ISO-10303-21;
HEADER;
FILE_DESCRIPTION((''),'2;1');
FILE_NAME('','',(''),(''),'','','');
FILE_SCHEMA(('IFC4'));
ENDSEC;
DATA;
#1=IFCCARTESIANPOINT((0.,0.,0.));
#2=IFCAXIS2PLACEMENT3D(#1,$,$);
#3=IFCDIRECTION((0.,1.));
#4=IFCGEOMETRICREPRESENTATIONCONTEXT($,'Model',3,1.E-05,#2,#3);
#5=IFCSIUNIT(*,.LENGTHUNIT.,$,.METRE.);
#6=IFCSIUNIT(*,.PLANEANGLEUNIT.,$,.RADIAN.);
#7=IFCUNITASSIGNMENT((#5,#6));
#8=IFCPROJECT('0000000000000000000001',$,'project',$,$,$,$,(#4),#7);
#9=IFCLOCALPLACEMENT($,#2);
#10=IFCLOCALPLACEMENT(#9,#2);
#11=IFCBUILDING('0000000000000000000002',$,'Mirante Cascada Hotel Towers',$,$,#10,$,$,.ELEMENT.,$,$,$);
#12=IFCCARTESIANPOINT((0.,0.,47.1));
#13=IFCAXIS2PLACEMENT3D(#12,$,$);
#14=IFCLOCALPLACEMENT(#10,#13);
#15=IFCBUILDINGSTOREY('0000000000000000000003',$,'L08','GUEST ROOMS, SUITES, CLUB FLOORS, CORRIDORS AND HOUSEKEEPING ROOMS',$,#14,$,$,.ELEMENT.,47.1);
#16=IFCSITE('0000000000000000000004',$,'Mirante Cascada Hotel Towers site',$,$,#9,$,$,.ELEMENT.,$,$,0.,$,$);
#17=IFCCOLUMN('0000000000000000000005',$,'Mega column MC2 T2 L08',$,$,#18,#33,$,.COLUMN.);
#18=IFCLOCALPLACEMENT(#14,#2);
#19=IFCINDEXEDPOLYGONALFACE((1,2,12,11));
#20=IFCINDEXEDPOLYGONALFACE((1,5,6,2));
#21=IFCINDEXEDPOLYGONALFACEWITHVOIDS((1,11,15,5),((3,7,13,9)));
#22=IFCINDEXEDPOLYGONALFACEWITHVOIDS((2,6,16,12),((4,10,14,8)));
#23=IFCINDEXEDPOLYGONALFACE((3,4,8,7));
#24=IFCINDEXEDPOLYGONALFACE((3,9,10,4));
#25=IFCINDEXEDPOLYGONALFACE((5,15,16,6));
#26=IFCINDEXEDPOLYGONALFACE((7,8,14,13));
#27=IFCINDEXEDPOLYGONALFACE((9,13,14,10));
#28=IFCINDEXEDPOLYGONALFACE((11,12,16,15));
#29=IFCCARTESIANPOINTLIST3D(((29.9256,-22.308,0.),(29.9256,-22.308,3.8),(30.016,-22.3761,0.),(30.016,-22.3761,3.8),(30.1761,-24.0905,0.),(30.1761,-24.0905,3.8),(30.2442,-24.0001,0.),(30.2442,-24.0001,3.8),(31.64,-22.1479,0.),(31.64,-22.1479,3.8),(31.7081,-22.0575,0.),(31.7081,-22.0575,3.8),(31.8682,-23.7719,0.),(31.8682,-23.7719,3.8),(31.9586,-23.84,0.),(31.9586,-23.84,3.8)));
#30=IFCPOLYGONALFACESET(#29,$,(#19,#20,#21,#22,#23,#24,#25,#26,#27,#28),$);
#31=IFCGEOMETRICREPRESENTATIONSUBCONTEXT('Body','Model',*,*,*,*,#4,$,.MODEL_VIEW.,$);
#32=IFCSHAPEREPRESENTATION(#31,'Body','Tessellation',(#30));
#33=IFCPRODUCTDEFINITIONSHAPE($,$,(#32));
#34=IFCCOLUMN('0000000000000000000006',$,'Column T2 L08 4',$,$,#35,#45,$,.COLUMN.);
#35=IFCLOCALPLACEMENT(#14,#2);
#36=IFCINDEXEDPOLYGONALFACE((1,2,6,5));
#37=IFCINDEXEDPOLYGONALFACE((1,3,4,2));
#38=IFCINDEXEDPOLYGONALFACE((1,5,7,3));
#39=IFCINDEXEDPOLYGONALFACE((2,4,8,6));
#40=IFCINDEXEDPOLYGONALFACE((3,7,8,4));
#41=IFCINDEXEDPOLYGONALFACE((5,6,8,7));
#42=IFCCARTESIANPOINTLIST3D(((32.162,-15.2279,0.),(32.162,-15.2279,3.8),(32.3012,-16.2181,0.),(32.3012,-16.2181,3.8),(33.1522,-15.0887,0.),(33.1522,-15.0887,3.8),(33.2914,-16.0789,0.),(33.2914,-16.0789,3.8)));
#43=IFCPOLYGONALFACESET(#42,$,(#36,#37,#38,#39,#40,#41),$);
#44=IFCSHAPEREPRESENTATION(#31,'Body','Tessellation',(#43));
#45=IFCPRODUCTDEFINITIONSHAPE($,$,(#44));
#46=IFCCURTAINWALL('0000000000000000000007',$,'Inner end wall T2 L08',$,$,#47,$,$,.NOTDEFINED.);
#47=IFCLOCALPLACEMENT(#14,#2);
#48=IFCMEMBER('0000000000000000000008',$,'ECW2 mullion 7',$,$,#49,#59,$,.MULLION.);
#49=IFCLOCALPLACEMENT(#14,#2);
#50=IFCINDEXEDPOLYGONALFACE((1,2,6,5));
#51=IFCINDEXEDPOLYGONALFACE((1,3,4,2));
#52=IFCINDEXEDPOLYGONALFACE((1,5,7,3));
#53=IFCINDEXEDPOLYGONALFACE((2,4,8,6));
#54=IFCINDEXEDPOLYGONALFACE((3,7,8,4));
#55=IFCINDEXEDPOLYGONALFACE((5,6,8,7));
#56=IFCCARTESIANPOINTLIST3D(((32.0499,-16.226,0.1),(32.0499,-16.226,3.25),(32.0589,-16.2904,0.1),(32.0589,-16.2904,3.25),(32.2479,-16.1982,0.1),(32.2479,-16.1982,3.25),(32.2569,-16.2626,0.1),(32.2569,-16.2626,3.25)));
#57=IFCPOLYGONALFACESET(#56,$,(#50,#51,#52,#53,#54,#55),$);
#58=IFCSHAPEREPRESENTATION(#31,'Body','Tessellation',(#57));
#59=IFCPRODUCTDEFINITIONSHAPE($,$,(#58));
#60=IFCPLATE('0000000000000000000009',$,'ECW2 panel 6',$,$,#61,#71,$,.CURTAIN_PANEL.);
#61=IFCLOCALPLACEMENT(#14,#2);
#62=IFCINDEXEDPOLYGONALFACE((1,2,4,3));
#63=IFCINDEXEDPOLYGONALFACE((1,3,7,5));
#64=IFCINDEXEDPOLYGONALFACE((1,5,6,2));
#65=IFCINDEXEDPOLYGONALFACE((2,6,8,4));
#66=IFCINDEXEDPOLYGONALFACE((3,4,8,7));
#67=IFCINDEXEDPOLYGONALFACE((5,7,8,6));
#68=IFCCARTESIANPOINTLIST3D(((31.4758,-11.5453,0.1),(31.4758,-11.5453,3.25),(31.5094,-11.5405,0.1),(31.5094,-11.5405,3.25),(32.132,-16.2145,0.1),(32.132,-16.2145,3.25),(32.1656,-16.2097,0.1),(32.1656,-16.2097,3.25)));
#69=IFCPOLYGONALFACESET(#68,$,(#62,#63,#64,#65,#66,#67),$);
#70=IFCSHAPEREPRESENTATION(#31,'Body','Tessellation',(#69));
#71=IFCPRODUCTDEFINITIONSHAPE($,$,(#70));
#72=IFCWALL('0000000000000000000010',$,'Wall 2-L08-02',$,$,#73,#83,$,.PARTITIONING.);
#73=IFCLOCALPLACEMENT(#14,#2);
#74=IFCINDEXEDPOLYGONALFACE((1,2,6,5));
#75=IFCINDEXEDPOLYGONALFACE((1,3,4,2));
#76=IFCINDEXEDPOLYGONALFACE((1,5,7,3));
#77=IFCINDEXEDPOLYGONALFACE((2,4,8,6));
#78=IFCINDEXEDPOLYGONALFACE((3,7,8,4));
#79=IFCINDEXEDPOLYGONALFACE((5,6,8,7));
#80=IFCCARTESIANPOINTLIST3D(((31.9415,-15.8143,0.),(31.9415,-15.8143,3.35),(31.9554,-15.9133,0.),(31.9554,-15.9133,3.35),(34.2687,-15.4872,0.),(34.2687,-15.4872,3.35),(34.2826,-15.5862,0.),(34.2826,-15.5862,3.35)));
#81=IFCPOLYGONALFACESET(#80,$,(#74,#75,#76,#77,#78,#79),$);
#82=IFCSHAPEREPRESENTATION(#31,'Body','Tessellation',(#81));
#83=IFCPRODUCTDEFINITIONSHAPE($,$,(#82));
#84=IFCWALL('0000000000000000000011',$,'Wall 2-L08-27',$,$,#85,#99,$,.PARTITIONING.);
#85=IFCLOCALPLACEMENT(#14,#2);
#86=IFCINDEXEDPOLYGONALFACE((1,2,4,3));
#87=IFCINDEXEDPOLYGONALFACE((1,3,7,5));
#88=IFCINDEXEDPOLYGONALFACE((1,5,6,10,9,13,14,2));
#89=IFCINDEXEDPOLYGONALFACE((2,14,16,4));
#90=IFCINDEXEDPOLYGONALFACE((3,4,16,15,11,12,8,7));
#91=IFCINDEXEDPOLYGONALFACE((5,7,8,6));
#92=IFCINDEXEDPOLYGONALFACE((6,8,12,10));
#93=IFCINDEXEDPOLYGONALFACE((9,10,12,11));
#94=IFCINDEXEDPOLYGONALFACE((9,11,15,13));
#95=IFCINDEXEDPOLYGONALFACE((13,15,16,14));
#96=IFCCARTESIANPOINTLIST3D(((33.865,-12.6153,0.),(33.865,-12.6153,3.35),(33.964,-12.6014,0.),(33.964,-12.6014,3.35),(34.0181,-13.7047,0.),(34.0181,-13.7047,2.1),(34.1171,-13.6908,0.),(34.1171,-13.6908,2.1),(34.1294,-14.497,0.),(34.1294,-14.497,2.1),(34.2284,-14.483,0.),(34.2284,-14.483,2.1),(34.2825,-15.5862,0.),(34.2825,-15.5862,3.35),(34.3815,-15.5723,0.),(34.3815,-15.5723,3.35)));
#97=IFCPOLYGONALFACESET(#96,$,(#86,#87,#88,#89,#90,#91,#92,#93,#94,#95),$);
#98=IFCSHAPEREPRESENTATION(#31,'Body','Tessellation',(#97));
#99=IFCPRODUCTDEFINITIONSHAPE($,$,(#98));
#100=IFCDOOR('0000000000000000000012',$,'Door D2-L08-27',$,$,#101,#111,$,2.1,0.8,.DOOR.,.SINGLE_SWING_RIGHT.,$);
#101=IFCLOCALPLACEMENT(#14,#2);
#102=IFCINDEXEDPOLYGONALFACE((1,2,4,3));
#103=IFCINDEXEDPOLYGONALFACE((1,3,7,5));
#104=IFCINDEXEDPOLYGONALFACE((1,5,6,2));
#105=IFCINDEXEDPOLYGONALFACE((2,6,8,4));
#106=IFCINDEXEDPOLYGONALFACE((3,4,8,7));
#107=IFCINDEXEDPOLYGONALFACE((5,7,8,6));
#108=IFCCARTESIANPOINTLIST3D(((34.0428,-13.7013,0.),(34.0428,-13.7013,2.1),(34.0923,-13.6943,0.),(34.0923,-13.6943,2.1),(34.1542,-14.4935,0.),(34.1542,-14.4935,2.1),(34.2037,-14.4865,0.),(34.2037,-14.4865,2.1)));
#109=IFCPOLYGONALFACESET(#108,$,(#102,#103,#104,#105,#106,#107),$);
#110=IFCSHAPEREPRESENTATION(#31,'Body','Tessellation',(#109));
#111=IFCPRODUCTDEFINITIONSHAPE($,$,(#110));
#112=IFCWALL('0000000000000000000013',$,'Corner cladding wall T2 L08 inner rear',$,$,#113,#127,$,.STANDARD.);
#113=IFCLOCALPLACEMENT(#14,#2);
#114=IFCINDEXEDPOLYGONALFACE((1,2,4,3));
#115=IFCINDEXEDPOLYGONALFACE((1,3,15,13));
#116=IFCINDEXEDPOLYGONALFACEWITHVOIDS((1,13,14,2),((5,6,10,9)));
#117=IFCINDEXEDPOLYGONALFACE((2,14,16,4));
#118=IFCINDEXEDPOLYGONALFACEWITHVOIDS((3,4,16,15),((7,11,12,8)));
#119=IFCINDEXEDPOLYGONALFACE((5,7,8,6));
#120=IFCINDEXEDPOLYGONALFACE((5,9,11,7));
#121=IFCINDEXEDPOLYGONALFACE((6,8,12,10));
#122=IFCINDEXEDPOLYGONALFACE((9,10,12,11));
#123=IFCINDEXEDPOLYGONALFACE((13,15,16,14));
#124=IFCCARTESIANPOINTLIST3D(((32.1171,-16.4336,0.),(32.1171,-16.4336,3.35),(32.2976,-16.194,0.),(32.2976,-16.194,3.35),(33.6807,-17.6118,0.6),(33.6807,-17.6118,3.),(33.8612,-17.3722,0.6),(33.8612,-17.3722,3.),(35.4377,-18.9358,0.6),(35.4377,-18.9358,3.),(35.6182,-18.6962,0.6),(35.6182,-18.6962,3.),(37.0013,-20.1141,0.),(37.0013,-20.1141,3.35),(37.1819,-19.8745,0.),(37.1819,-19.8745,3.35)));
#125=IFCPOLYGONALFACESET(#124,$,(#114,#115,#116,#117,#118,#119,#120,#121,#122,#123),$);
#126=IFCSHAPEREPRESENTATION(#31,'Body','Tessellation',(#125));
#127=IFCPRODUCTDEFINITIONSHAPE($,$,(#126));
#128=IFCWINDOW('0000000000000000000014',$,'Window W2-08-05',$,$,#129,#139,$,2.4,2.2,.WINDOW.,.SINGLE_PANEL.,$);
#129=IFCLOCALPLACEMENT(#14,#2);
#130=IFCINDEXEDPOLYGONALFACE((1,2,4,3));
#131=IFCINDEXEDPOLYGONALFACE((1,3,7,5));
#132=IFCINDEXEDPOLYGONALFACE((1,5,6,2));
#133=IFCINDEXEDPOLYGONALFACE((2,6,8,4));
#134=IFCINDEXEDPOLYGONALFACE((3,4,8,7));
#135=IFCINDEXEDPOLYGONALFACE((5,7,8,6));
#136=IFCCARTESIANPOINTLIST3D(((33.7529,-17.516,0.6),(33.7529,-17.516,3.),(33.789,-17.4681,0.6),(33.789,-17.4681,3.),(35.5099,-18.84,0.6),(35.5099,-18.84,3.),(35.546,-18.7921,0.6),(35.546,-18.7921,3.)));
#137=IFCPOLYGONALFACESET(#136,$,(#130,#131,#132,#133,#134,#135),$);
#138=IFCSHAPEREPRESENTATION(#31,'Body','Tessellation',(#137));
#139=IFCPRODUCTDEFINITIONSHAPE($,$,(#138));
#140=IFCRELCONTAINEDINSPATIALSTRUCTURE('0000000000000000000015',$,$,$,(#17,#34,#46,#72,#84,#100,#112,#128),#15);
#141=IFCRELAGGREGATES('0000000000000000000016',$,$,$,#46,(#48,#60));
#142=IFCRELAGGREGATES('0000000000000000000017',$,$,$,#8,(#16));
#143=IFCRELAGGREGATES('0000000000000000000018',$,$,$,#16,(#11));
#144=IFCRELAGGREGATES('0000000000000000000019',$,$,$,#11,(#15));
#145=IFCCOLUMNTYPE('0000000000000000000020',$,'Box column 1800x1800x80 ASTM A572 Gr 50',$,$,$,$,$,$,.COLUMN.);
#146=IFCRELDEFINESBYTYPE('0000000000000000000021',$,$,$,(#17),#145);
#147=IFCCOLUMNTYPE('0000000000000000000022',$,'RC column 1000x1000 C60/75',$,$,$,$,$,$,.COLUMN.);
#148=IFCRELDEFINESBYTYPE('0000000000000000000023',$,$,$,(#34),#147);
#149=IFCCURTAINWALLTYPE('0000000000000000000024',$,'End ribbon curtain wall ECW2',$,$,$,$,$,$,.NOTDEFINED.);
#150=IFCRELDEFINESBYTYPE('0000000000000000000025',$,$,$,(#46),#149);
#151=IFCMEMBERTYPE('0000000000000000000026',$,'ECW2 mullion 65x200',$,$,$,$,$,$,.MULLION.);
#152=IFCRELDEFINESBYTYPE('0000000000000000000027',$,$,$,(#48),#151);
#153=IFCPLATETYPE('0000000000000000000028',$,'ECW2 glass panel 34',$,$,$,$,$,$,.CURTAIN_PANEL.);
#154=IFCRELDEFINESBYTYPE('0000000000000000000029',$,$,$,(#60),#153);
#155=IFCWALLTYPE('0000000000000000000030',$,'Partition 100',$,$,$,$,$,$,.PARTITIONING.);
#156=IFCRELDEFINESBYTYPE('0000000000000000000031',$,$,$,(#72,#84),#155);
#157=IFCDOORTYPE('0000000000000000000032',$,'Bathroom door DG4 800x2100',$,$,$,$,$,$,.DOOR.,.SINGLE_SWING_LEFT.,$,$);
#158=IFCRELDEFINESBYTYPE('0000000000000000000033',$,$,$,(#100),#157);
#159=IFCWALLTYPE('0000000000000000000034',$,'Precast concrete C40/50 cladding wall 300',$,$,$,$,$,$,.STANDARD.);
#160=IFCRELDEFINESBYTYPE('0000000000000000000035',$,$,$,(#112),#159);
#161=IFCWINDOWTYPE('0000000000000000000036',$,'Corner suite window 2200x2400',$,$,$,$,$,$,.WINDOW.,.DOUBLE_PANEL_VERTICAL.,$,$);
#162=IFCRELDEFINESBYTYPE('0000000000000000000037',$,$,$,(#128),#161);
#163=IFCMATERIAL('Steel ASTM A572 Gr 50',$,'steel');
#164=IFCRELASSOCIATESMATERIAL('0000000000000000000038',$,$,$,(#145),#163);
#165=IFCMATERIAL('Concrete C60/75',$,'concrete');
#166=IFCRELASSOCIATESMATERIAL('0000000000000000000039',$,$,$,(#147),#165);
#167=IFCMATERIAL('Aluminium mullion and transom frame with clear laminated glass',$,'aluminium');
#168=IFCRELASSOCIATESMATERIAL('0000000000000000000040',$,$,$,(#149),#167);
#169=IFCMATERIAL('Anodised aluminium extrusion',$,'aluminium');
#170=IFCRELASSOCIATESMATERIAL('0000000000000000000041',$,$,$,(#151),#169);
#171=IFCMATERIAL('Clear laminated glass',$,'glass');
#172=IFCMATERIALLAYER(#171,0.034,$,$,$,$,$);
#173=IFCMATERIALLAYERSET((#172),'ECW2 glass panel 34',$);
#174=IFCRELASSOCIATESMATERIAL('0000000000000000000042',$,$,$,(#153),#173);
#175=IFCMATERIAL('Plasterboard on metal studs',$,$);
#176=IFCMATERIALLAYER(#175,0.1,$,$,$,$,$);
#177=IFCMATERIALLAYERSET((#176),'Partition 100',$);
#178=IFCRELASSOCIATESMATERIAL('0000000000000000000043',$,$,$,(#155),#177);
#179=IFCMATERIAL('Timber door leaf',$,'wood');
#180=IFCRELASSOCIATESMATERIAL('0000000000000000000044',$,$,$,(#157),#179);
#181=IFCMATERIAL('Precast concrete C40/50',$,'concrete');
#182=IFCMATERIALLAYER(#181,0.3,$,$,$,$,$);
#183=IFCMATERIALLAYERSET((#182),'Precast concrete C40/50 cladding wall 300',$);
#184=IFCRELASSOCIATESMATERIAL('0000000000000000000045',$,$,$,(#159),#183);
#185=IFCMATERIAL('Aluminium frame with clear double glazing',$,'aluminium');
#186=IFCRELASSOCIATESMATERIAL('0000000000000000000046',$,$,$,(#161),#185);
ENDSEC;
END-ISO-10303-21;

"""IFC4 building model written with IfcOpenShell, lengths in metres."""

from ifc_helpers import new_model, si_unit, direction, frame, frame_2d, origin, origin_2d, place, context, subcontext, project, spatial, rectangle, hollow_rectangle, extrude, material, layer, layer_set, material_profile, profile_set, type_object, element, fill, aggregate, save


model = new_model("IFC4")

# Units and contexts
model_context = context("Model", 3, precision=1e-05, world=origin(), true_north=direction((0.0, 1.0)))
body_context = subcontext(model_context, "Body", "Model", "MODEL_VIEW")
ifc_project = project(units=[si_unit("LENGTHUNIT", "METRE"), si_unit("PLANEANGLEUNIT", "RADIAN")], contexts=[model_context])

# Site, building, storey
site_placement = place(None, origin())
site = spatial("IfcSite", under=ifc_project, at=site_placement, Name="Mirante Cascada Hotel Towers site", CompositionType="ELEMENT", RefElevation=0.0)
building_placement = place(site_placement, origin())
building = spatial("IfcBuilding", under=site, at=building_placement, Name="Mirante Cascada Hotel Towers", CompositionType="ELEMENT")
storey_placement = place(building_placement, frame((0.0, 0.0, 47.1)))
storey = spatial("IfcBuildingStorey", under=building, at=storey_placement, Name="L08", Description="GUEST ROOMS, SUITES, CLUB FLOORS, CORRIDORS AND HOUSEKEEPING ROOMS", CompositionType="ELEMENT", Elevation=47.1)

# Columns
ifc_material_1 = material(Name="Steel ASTM A572 Gr 50", Category="steel")
ifc_material_profile_1 = material_profile(ifc_material_1, hollow_rectangle(XDim=1.8, YDim=1.8, WallThickness=0.08, at=origin_2d()), Name="Box column 1800x1800x80 ASTM A572 Gr 50")
ifc_profile_set_1 = profile_set([ifc_material_profile_1], Name="Steel ASTM A572 Gr 50")
column_type_1 = type_object("IfcColumnType", Name="Box column 1800x1800x80 ASTM A572 Gr 50", PredefinedType="COLUMN", material=ifc_profile_set_1)
column_1_placement = place(storey_placement, frame((30.9421, -23.074, 0.0), z_axis=(0.0, 0.0, 1.0), x_axis=(0.990268, 0.139173, 0.0)))
element("IfcColumn", 1, at=column_1_placement, inside=storey, type_object=column_type_1, Name="Mega column MC2 T2 L08", PredefinedType="COLUMN", context=body_context, shape_type="SweptSolid", body=[
    extrude(hollow_rectangle(XDim=1.8, YDim=1.8, WallThickness=0.08, at=origin_2d()), origin(), (0.0, 0.0, 1.0), 3.8),
])
ifc_material_2 = material(Name="Concrete C60/75", Category="concrete")
ifc_material_profile_2 = material_profile(ifc_material_2, rectangle(XDim=1.0, YDim=1.0, at=origin_2d()), Name="RC column 1000x1000 C60/75")
ifc_profile_set_2 = profile_set([ifc_material_profile_2], Name="Concrete C60/75")
column_type_2 = type_object("IfcColumnType", Name="RC column 1000x1000 C60/75", PredefinedType="COLUMN", material=ifc_profile_set_2)
column_2_placement = place(storey_placement, frame((32.7267, -15.6534, 0.0), z_axis=(0.0, 0.0, 1.0), x_axis=(0.990268, 0.139173, 0.0)))
element("IfcColumn", 2, at=column_2_placement, inside=storey, type_object=column_type_2, Name="Column T2 L08 4", PredefinedType="COLUMN", context=body_context, shape_type="SweptSolid", body=[
    extrude(rectangle(XDim=1.0, YDim=1.0, at=origin_2d()), origin(), (0.0, 0.0, 1.0), 3.8),
])

# Curtain wall, member, plate
ifc_material_3 = material(Name="Aluminium mullion and transom frame with clear laminated glass", Category="aluminium")
curtain_wall_type = type_object("IfcCurtainWallType", Name="End ribbon curtain wall ECW2", PredefinedType="NOTDEFINED", material=ifc_material_3)
curtain_wall_placement = place(storey_placement, origin())
curtain_wall = element("IfcCurtainWall", 3, at=curtain_wall_placement, inside=storey, type_object=curtain_wall_type, Name="Inner end wall T2 L08", PredefinedType="NOTDEFINED")
ifc_material_4 = material(Name="Anodised aluminium extrusion", Category="aluminium")
ifc_material_profile_3 = material_profile(ifc_material_4, rectangle(XDim=0.2, YDim=0.065, at=origin_2d()), Name="ECW2 MULLION 65x200")
ifc_profile_set_3 = profile_set([ifc_material_profile_3], Name="Anodised aluminium extrusion")
member_type = type_object("IfcMemberType", Name="ECW2 mullion 65x200", PredefinedType="MULLION", material=ifc_profile_set_3)
member_placement = place(storey_placement, frame((32.1534, -16.2443, 0.1), z_axis=(0.0, 0.0, 1.0), x_axis=(0.990268, 0.139173, 0.0)))
member = element("IfcMember", 4, at=member_placement, type_object=member_type, Name="ECW2 mullion 7", PredefinedType="MULLION", context=body_context, shape_type="SweptSolid", body=[
    extrude(rectangle(XDim=0.2, YDim=0.065, at=origin_2d()), origin(), (0.0, 0.0, 1.0), 3.15),
])
ifc_material_5 = material(Name="Clear laminated glass", Category="glass")
ifc_layer_1 = layer(ifc_material_5, 0.034)
ifc_layer_set_1 = layer_set([ifc_layer_1], Name="ECW2 glass panel 34")
plate_type = type_object("IfcPlateType", Name="ECW2 glass panel 34", PredefinedType="CURTAIN_PANEL", material=ifc_layer_set_1)
plate_placement = place(storey_placement, frame((31.8207, -13.8775, 0.1), z_axis=(0.0, 0.0, 1.0), x_axis=(0.139173, -0.990268, 0.0)))
plate = element("IfcPlate", 5, at=plate_placement, type_object=plate_type, Name="ECW2 panel 6", PredefinedType="CURTAIN_PANEL", context=body_context, shape_type="SweptSolid", body=[
    extrude(rectangle(XDim=4.7151, YDim=0.034, at=origin_2d()), origin(), (0.0, 0.0, 1.0), 3.15),
])
aggregate(curtain_wall, [member, plate])

# Wall
ifc_material_6 = material(Name="Plasterboard on metal studs")
ifc_layer_2 = layer(ifc_material_6, 0.1)
ifc_layer_set_2 = layer_set([ifc_layer_2], Name="Partition 100")
wall_type_1 = type_object("IfcWallType", Name="Partition 100", PredefinedType="PARTITIONING", material=ifc_layer_set_2)
wall_1_placement = place(storey_placement, frame((34.2756, -15.5367, 0.0), z_axis=(0.0, 0.0, 1.0), x_axis=(-0.990266, -0.139187, 0.0)))
element("IfcWall", 6, at=wall_1_placement, inside=storey, type_object=wall_type_1, Name="Wall 2-L08-02", PredefinedType="PARTITIONING", context=body_context, shape_type="SweptSolid", body=[
    extrude(rectangle(XDim=2.3501, YDim=0.1, at=frame_2d((1.175, 0.0))), origin(), (0.0, 0.0, 1.0), 3.35),
])

# Wall, opening, door
wall_2_placement = place(storey_placement, frame((34.332, -15.5793, 0.0), z_axis=(0.0, 0.0, 1.0), x_axis=(-0.139162, 0.99027, 0.0)))
wall_2 = element("IfcWall", 7, at=wall_2_placement, inside=storey, type_object=wall_type_1, Name="Wall 2-L08-27", PredefinedType="PARTITIONING", context=body_context, shape_type="SweptSolid", body=[
    extrude(rectangle(XDim=3.0001, YDim=0.1, at=frame_2d((1.5001, 0.0))), origin(), (0.0, 0.0, 1.0), 3.35),
])
opening_1_placement = place(wall_2_placement, frame((1.1, 0.0, 0.0)))
opening_1 = element("IfcOpeningElement", 8, at=opening_1_placement, cuts=wall_2, PredefinedType="OPENING", context=body_context, shape_type="SweptSolid", body=[
    extrude(rectangle(XDim=0.8, YDim=2.1, at=frame_2d((0.4, 1.05))), frame((0.0, 0.05, 0.0), z_axis=(0.0, -1.0, 0.0), x_axis=(1.0, 0.0, 0.0)), (0.0, 0.0, 1.0), 0.1),
])
ifc_material_7 = material(Name="Timber door leaf", Category="wood")
door_type = type_object("IfcDoorType", Name="Bathroom door DG4 800x2100", OperationType="SINGLE_SWING_LEFT", PredefinedType="DOOR", material=ifc_material_7)
door_placement = place(opening_1_placement, frame((0.8, 0.0, 0.0), z_axis=(0.0, 0.0, 1.0), x_axis=(-1.0, 0.0, 0.0)))
door = element("IfcDoor", 9, at=door_placement, inside=storey, type_object=door_type, Name="Door D2-L08-27", OperationType="SINGLE_SWING_RIGHT", OverallHeight=2.1, OverallWidth=0.8, PredefinedType="DOOR", context=body_context, shape_type="SweptSolid", body=[
    extrude(rectangle(XDim=0.8, YDim=2.1, at=frame_2d((0.4, 1.05))), frame((0.0, 0.025, 0.0), z_axis=(0.0, -1.0, 0.0), x_axis=(1.0, 0.0, 0.0)), (0.0, 0.0, 1.0), 0.05),
])
fill(opening_1, door)

# Wall, opening, window
ifc_material_8 = material(Name="Precast concrete C40/50", Category="concrete")
ifc_layer_3 = layer(ifc_material_8, 0.3)
ifc_layer_set_3 = layer_set([ifc_layer_3], Name="Precast concrete C40/50 cladding wall 300")
wall_type_2 = type_object("IfcWallType", Name="Precast concrete C40/50 cladding wall 300", PredefinedType="STANDARD", material=ifc_layer_set_3)
wall_3_placement = place(storey_placement, frame((32.2074, -16.3138, 0.0), z_axis=(0.0, 0.0, 1.0), x_axis=(0.798636, -0.601814, 0.0)))
wall_3 = element("IfcWall", 10, at=wall_3_placement, inside=storey, type_object=wall_type_2, Name="Corner cladding wall T2 L08 inner rear", PredefinedType="STANDARD", context=body_context, shape_type="SweptSolid", body=[
    extrude(rectangle(XDim=6.1157, YDim=0.3, at=frame_2d((3.0578, 0.0))), origin(), (0.0, 0.0, 1.0), 3.35),
])
opening_2_placement = place(wall_3_placement, frame((1.9578, 0.0, 0.6)))
opening_2 = element("IfcOpeningElement", 11, at=opening_2_placement, cuts=wall_3, PredefinedType="OPENING", context=body_context, shape_type="SweptSolid", body=[
    extrude(rectangle(XDim=2.2, YDim=2.4, at=frame_2d((1.1, 1.2))), frame((0.0, 0.15, 0.0), z_axis=(0.0, -1.0, 0.0), x_axis=(1.0, 0.0, 0.0)), (0.0, 0.0, 1.0), 0.3),
])
ifc_material_9 = material(Name="Aluminium frame with clear double glazing", Category="aluminium")
window_type = type_object("IfcWindowType", Name="Corner suite window 2200x2400", PartitioningType="DOUBLE_PANEL_VERTICAL", PredefinedType="WINDOW", material=ifc_material_9)
window_placement = place(opening_2_placement, origin())
window = element("IfcWindow", 12, at=window_placement, inside=storey, type_object=window_type, Name="Window W2-08-05", OverallHeight=2.4, OverallWidth=2.2, PartitioningType="SINGLE_PANEL", PredefinedType="WINDOW", context=body_context, shape_type="SweptSolid", body=[
    extrude(rectangle(XDim=2.2, YDim=2.4, at=frame_2d((1.1, 1.2))), frame((0.0, 0.03, 0.0), z_axis=(0.0, -1.0, 0.0), x_axis=(1.0, 0.0, 0.0)), (0.0, 0.0, 1.0), 0.06),
])
fill(opening_2, window)

save(model, "model.ifc")
